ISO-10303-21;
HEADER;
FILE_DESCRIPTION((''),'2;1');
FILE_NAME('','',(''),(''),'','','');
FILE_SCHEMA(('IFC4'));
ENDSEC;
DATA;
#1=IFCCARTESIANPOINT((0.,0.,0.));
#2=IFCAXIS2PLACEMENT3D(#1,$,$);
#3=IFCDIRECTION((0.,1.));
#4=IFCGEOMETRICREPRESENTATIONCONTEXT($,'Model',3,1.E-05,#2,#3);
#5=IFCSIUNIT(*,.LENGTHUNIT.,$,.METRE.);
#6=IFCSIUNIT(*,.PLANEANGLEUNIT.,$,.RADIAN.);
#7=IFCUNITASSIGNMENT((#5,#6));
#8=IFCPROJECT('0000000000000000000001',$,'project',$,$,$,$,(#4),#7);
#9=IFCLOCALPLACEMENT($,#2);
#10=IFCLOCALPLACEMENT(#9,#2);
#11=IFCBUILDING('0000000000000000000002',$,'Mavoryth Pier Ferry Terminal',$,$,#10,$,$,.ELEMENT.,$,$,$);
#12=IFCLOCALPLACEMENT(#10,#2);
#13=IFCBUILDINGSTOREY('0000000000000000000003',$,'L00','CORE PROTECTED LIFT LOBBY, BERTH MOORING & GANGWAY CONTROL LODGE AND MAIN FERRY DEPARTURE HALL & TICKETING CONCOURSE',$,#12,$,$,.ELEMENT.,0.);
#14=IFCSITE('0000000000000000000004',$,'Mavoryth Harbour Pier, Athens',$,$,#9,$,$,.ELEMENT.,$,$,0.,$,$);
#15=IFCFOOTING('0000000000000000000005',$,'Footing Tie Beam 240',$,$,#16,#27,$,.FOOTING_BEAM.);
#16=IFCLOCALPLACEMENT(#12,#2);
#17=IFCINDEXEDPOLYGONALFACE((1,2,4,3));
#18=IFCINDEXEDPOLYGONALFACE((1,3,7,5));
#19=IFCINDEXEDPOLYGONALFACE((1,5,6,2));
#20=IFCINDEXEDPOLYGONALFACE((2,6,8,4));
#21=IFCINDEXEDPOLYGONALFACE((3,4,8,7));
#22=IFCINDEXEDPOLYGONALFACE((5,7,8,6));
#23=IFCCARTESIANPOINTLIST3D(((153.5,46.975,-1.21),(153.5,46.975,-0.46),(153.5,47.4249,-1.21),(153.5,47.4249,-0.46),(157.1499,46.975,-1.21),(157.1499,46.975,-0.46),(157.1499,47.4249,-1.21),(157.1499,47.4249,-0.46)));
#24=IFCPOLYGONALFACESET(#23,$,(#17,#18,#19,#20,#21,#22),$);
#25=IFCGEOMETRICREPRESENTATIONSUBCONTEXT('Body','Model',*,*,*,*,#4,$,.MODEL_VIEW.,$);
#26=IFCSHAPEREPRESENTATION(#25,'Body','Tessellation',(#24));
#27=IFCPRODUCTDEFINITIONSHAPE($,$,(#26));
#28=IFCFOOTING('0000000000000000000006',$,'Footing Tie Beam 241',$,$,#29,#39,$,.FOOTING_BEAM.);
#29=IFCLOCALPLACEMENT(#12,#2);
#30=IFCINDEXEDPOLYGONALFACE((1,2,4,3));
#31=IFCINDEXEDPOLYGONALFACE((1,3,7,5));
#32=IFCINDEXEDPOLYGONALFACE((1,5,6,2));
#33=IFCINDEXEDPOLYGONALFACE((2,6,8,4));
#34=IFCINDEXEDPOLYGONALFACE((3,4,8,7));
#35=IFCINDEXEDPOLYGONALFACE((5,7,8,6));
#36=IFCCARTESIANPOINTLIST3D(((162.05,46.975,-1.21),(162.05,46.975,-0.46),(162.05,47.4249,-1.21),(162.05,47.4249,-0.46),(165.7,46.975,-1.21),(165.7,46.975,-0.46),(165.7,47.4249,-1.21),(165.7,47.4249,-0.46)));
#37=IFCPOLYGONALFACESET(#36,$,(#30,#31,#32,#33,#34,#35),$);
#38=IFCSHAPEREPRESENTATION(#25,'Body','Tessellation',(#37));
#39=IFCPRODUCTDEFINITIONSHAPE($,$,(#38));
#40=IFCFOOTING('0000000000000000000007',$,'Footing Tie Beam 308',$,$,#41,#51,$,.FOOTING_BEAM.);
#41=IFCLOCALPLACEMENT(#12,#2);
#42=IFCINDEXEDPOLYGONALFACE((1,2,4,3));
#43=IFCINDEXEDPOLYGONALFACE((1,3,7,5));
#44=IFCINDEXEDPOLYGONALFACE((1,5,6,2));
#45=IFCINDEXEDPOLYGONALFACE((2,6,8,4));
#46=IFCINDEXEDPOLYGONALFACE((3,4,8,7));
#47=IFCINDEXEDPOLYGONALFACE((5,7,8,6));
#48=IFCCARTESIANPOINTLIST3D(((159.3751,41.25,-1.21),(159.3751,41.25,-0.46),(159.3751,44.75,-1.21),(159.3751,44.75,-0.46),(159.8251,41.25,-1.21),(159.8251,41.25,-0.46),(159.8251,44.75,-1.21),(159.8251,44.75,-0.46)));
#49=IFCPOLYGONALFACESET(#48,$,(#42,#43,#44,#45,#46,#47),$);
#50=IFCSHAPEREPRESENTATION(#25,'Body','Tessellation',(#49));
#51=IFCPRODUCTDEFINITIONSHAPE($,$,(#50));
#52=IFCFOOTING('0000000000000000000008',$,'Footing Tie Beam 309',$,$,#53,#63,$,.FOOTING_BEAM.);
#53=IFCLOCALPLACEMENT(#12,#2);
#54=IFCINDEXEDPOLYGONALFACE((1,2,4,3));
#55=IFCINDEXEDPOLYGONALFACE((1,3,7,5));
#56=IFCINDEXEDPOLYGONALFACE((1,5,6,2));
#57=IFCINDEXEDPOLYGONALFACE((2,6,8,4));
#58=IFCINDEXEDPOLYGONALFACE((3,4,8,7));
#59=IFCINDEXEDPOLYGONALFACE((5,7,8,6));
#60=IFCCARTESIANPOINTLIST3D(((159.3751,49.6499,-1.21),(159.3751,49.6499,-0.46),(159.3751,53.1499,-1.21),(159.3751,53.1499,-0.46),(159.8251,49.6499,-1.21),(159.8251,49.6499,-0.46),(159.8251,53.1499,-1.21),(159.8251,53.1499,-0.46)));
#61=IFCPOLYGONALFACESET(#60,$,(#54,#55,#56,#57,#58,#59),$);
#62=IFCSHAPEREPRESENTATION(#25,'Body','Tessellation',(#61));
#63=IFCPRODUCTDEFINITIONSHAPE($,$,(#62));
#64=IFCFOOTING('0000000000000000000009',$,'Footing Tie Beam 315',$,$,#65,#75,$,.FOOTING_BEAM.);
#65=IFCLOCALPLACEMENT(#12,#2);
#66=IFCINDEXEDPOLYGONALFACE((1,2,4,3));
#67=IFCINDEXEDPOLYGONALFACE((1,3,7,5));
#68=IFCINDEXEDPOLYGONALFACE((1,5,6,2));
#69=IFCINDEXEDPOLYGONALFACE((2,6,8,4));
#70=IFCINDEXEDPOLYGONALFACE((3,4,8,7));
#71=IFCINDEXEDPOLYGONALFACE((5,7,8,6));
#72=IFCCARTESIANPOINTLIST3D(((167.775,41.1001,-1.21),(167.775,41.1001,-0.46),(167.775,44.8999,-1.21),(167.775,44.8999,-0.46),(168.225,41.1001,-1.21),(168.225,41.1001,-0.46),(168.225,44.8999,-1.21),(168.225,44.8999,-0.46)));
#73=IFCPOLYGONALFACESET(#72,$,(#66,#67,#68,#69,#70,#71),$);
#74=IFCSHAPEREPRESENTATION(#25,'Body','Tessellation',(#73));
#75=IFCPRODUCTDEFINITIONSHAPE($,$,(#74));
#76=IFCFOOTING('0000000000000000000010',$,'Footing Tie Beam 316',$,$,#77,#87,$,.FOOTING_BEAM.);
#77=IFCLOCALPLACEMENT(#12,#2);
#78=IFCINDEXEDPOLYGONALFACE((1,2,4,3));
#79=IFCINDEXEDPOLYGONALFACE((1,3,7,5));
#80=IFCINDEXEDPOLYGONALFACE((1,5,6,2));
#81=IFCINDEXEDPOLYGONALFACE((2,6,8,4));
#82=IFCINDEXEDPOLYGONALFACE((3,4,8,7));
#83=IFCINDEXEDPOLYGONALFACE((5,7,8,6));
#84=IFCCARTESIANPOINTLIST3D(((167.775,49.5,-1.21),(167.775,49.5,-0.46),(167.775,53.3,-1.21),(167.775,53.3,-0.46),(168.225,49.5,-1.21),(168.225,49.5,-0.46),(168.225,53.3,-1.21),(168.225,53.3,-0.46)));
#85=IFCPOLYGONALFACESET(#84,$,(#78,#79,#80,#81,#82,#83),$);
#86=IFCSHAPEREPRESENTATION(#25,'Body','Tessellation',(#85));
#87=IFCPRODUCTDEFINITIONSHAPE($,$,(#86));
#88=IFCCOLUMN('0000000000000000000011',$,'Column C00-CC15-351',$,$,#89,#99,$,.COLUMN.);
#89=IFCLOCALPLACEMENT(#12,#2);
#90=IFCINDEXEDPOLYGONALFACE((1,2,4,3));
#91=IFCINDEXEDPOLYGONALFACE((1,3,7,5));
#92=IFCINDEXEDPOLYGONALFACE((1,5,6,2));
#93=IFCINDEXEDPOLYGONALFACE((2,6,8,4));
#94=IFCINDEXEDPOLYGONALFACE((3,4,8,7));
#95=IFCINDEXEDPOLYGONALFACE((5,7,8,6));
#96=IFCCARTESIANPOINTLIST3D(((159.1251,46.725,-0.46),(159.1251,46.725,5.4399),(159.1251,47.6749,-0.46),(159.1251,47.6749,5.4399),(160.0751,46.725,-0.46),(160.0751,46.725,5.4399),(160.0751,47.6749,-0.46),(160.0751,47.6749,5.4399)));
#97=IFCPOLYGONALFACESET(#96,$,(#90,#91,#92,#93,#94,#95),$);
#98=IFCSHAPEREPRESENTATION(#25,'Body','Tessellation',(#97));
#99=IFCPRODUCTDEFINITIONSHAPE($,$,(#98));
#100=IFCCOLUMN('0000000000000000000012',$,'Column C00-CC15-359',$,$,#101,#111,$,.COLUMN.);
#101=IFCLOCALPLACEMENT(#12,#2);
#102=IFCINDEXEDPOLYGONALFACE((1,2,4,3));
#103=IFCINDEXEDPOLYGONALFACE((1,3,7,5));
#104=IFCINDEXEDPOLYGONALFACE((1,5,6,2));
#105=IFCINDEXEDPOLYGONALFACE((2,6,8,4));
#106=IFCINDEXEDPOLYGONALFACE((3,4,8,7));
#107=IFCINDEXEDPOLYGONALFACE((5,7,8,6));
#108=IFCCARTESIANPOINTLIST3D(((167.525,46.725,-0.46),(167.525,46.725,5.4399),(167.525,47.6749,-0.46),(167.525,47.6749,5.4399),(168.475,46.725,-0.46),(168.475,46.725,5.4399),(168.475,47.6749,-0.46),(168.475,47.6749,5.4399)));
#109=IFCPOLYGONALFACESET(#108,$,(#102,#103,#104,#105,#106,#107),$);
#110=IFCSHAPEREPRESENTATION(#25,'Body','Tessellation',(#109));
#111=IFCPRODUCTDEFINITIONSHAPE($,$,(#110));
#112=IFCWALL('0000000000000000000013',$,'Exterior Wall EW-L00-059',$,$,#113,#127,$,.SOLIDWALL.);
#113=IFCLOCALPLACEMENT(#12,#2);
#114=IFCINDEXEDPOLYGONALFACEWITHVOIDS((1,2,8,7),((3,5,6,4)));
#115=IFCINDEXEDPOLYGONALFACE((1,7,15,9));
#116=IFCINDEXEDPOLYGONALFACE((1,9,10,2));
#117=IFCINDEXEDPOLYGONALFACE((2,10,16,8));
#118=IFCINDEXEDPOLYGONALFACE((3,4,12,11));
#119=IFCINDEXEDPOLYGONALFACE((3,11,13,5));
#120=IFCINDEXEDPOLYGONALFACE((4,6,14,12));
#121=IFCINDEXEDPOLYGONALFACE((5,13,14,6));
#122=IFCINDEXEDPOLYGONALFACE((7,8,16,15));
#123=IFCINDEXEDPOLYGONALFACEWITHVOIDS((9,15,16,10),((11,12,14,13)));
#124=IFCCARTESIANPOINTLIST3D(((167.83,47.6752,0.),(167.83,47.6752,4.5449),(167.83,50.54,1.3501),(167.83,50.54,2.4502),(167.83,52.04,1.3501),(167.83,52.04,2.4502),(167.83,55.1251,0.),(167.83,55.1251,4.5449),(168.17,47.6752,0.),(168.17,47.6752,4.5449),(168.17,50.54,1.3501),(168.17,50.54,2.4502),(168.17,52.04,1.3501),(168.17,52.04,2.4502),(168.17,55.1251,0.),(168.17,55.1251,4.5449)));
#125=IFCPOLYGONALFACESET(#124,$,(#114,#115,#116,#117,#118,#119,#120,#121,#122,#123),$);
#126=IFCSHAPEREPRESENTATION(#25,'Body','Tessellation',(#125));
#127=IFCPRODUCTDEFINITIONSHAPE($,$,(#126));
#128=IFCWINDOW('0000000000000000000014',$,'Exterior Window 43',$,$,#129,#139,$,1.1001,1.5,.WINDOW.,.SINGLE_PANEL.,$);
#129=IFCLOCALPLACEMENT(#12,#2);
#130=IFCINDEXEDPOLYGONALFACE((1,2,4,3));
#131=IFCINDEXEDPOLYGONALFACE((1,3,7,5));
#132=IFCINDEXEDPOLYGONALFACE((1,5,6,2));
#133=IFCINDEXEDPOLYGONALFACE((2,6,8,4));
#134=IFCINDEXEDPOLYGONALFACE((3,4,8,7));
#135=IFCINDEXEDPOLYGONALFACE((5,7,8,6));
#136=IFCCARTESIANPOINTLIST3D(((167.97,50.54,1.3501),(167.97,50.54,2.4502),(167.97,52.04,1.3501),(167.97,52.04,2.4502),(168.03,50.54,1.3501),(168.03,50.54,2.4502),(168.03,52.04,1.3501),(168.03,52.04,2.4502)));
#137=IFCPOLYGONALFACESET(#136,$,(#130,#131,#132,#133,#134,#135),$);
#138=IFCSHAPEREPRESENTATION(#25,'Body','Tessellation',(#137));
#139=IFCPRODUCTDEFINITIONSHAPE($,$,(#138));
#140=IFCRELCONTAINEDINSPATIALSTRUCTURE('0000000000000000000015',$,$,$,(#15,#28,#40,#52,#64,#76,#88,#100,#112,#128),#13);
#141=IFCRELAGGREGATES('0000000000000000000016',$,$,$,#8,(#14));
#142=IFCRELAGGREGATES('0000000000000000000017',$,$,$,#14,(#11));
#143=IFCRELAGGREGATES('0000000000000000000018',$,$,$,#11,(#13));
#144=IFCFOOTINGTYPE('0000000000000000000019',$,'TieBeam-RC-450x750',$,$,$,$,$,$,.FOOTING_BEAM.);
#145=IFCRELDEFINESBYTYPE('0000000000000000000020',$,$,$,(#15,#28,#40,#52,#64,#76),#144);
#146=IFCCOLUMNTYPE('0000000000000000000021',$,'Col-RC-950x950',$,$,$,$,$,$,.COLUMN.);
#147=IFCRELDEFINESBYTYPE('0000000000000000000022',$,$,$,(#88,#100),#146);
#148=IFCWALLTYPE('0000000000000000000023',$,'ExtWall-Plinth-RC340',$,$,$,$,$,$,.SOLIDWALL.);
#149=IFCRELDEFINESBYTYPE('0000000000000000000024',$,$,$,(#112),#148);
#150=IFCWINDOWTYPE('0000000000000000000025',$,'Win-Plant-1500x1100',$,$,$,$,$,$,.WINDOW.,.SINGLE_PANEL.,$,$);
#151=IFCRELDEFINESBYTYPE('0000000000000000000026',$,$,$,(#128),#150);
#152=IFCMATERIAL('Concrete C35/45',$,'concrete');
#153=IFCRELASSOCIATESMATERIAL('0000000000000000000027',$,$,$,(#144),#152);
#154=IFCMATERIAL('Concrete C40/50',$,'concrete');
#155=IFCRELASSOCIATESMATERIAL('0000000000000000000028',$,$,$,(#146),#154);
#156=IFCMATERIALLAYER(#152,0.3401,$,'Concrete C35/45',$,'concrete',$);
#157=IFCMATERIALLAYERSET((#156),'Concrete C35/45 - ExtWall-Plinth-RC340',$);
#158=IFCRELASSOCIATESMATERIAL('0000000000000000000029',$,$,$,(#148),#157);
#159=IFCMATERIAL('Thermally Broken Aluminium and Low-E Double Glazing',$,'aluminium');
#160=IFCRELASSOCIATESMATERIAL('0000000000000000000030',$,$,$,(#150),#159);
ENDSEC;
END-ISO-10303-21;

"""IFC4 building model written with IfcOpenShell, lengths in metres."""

from ifc_helpers import new_model, si_unit, direction, frame, frame_2d, origin, origin_2d, place, context, subcontext, project, spatial, rectangle, extrude, material, layer, layer_set, material_profile, profile_set, type_object, element, fill, save


model = new_model("IFC4")

# Units and contexts
model_context = context("Model", 3, precision=1e-05, world=origin(), true_north=direction((0.0, 1.0)))
body_context = subcontext(model_context, "Body", "Model", "MODEL_VIEW")
ifc_project = project(units=[si_unit("LENGTHUNIT", "METRE"), si_unit("PLANEANGLEUNIT", "RADIAN")], contexts=[model_context])

# Site, building, storey
site_placement = place(None, origin())
site = spatial("IfcSite", under=ifc_project, at=site_placement, Name="Mavoryth Harbour Pier, Athens", CompositionType="ELEMENT", RefElevation=0.0)
building_placement = place(site_placement, origin())
building = spatial("IfcBuilding", under=site, at=building_placement, Name="Mavoryth Pier Ferry Terminal", CompositionType="ELEMENT")
storey_placement = place(building_placement, origin())
storey = spatial("IfcBuildingStorey", under=building, at=storey_placement, Name="L00", Description="CORE PROTECTED LIFT LOBBY, BERTH MOORING & GANGWAY CONTROL LODGE AND MAIN FERRY DEPARTURE HALL & TICKETING CONCOURSE", CompositionType="ELEMENT", Elevation=0.0)

# Shared definitions
ifc_material_1 = material(Name="Concrete C35/45", Category="concrete")

# Footings
ifc_material_profile_1 = material_profile(ifc_material_1, rectangle(XDim=0.45, YDim=0.75, at=origin_2d()), Name="RC 450x750", Category="concrete")
ifc_profile_set_1 = profile_set([ifc_material_profile_1], Name="Concrete C35/45 - RC 450x750")
footing_type_1 = type_object("IfcFootingType", Name="TieBeam-RC-450x750", PredefinedType="FOOTING_BEAM", material=ifc_profile_set_1)
for number, where, z_axis, x_axis, name in (
    (1, (153.5, 47.2, -0.835), (1.0, 0.0, 0.0), (0.0, 1.0, 0.0), "Footing Tie Beam 240"),
    (2, (162.05, 47.2, -0.835), (1.0, 0.0, 0.0), (0.0, 1.0, 0.0), "Footing Tie Beam 241"),
):
    element("IfcFooting", number, at=place(storey_placement, frame(where, z_axis=z_axis, x_axis=x_axis)), inside=storey, type_object=footing_type_1, Name=name, PredefinedType="FOOTING_BEAM", context=body_context, shape_type="SweptSolid", body=[
        extrude(rectangle(XDim=0.45, YDim=0.75, at=origin_2d()), origin(), (0.0, 0.0, 1.0), 3.6499),
    ])
for number, where, z_axis, x_axis, name in (
    (3, (159.6001, 41.25, -0.835), (0.0, 1.0, 0.0), (-1.0, 0.0, 0.0), "Footing Tie Beam 308"),
    (4, (159.6001, 49.6499, -0.835), (0.0, 1.0, 0.0), (-1.0, 0.0, 0.0), "Footing Tie Beam 309"),
):
    element("IfcFooting", number, at=place(storey_placement, frame(where, z_axis=z_axis, x_axis=x_axis)), inside=storey, type_object=footing_type_1, Name=name, PredefinedType="FOOTING_BEAM", context=body_context, shape_type="SweptSolid", body=[
        extrude(rectangle(XDim=0.45, YDim=0.75, at=origin_2d()), origin(), (0.0, 0.0, 1.0), 3.5),
    ])
footing_1_placement = place(storey_placement, frame((168.0, 41.1001, -0.835), z_axis=(0.0, 1.0, 0.0), x_axis=(-1.0, 0.0, 0.0)))
element("IfcFooting", 5, at=footing_1_placement, inside=storey, type_object=footing_type_1, Name="Footing Tie Beam 315", PredefinedType="FOOTING_BEAM", context=body_context, shape_type="SweptSolid", body=[
    extrude(rectangle(XDim=0.45, YDim=0.75, at=origin_2d()), origin(), (0.0, 0.0, 1.0), 3.7998),
])
footing_2_placement = place(storey_placement, frame((168.0, 49.5, -0.835), z_axis=(0.0, 1.0, 0.0), x_axis=(-1.0, 0.0, 0.0)))
element("IfcFooting", 6, at=footing_2_placement, inside=storey, type_object=footing_type_1, Name="Footing Tie Beam 316", PredefinedType="FOOTING_BEAM", context=body_context, shape_type="SweptSolid", body=[
    extrude(rectangle(XDim=0.45, YDim=0.75, at=origin_2d()), origin(), (0.0, 0.0, 1.0), 3.8),
])

# Columns
ifc_material_2 = material(Name="Concrete C40/50", Category="concrete")
ifc_material_profile_2 = material_profile(ifc_material_2, rectangle(XDim=0.95, YDim=0.95, at=origin_2d()), Name="RC 950x950", Category="concrete")
ifc_profile_set_2 = profile_set([ifc_material_profile_2], Name="Concrete C40/50 - RC 950x950")
column_type = type_object("IfcColumnType", Name="Col-RC-950x950", PredefinedType="COLUMN", material=ifc_profile_set_2)
for number, where, z_axis, x_axis, name in (
    (7, (159.6001, 47.2, -0.46), (0.0, 0.0, 1.0), (1.0, 0.0, 0.0), "Column C00-CC15-351"),
    (8, (168.0, 47.2, -0.46), (0.0, 0.0, 1.0), (1.0, 0.0, 0.0), "Column C00-CC15-359"),
):
    element("IfcColumn", number, at=place(storey_placement, frame(where, z_axis=z_axis, x_axis=x_axis)), inside=storey, type_object=column_type, Name=name, PredefinedType="COLUMN", context=body_context, shape_type="SweptSolid", body=[
        extrude(rectangle(XDim=0.95, YDim=0.95, at=origin_2d()), origin(), (0.0, 0.0, 1.0), 5.8999),
    ])

# Wall, opening, window
ifc_layer = layer(ifc_material_1, 0.3401, Name="Concrete C35/45", Category="concrete")
ifc_layer_set = layer_set([ifc_layer], Name="Concrete C35/45 - ExtWall-Plinth-RC340")
wall_type = type_object("IfcWallType", Name="ExtWall-Plinth-RC340", PredefinedType="SOLIDWALL", material=ifc_layer_set)
wall_placement = place(storey_placement, frame((168.0, 47.675, 0.0), z_axis=(0.0, 0.0, 1.0), x_axis=(0.0, 1.0, 0.0)))
wall = element("IfcWall", 9, at=wall_placement, inside=storey, type_object=wall_type, Name="Exterior Wall EW-L00-059", PredefinedType="SOLIDWALL", context=body_context, shape_type="SweptSolid", body=[
    extrude(rectangle(XDim=7.45, YDim=0.3401, at=frame_2d((3.7251, 0.0))), origin(), (0.0, 0.0, 1.0), 4.5449),
])
opening_placement = place(wall_placement, frame((2.865, 0.0, 1.3501)))
opening = element("IfcOpeningElement", 10, at=opening_placement, cuts=wall, PredefinedType="OPENING", context=body_context, shape_type="SweptSolid", body=[
    extrude(rectangle(XDim=1.5, YDim=1.1001, at=frame_2d((0.75, 0.55))), frame((0.0, 0.1799, 0.0), z_axis=(0.0, -1.0, 0.0), x_axis=(1.0, 0.0, 0.0)), (0.0, 0.0, 1.0), 0.3601),
])
ifc_material_3 = material(Name="Thermally Broken Aluminium and Low-E Double Glazing", Category="aluminium")
window_type = type_object("IfcWindowType", Name="Win-Plant-1500x1100", PartitioningType="SINGLE_PANEL", PredefinedType="WINDOW", material=ifc_material_3)
window_placement = place(opening_placement, origin())
window = element("IfcWindow", 11, at=window_placement, inside=storey, type_object=window_type, Name="Exterior Window 43", OverallHeight=1.1001, OverallWidth=1.5, PartitioningType="SINGLE_PANEL", PredefinedType="WINDOW", context=body_context, shape_type="SweptSolid", body=[
    extrude(rectangle(XDim=1.5, YDim=1.1001, at=frame_2d((0.75, 0.55))), frame((0.0, 0.03, 0.0), z_axis=(0.0, -1.0, 0.0), x_axis=(1.0, 0.0, 0.0)), (0.0, 0.0, 1.0), 0.0601),
])
fill(opening, window)

save(model, "model.ifc")
